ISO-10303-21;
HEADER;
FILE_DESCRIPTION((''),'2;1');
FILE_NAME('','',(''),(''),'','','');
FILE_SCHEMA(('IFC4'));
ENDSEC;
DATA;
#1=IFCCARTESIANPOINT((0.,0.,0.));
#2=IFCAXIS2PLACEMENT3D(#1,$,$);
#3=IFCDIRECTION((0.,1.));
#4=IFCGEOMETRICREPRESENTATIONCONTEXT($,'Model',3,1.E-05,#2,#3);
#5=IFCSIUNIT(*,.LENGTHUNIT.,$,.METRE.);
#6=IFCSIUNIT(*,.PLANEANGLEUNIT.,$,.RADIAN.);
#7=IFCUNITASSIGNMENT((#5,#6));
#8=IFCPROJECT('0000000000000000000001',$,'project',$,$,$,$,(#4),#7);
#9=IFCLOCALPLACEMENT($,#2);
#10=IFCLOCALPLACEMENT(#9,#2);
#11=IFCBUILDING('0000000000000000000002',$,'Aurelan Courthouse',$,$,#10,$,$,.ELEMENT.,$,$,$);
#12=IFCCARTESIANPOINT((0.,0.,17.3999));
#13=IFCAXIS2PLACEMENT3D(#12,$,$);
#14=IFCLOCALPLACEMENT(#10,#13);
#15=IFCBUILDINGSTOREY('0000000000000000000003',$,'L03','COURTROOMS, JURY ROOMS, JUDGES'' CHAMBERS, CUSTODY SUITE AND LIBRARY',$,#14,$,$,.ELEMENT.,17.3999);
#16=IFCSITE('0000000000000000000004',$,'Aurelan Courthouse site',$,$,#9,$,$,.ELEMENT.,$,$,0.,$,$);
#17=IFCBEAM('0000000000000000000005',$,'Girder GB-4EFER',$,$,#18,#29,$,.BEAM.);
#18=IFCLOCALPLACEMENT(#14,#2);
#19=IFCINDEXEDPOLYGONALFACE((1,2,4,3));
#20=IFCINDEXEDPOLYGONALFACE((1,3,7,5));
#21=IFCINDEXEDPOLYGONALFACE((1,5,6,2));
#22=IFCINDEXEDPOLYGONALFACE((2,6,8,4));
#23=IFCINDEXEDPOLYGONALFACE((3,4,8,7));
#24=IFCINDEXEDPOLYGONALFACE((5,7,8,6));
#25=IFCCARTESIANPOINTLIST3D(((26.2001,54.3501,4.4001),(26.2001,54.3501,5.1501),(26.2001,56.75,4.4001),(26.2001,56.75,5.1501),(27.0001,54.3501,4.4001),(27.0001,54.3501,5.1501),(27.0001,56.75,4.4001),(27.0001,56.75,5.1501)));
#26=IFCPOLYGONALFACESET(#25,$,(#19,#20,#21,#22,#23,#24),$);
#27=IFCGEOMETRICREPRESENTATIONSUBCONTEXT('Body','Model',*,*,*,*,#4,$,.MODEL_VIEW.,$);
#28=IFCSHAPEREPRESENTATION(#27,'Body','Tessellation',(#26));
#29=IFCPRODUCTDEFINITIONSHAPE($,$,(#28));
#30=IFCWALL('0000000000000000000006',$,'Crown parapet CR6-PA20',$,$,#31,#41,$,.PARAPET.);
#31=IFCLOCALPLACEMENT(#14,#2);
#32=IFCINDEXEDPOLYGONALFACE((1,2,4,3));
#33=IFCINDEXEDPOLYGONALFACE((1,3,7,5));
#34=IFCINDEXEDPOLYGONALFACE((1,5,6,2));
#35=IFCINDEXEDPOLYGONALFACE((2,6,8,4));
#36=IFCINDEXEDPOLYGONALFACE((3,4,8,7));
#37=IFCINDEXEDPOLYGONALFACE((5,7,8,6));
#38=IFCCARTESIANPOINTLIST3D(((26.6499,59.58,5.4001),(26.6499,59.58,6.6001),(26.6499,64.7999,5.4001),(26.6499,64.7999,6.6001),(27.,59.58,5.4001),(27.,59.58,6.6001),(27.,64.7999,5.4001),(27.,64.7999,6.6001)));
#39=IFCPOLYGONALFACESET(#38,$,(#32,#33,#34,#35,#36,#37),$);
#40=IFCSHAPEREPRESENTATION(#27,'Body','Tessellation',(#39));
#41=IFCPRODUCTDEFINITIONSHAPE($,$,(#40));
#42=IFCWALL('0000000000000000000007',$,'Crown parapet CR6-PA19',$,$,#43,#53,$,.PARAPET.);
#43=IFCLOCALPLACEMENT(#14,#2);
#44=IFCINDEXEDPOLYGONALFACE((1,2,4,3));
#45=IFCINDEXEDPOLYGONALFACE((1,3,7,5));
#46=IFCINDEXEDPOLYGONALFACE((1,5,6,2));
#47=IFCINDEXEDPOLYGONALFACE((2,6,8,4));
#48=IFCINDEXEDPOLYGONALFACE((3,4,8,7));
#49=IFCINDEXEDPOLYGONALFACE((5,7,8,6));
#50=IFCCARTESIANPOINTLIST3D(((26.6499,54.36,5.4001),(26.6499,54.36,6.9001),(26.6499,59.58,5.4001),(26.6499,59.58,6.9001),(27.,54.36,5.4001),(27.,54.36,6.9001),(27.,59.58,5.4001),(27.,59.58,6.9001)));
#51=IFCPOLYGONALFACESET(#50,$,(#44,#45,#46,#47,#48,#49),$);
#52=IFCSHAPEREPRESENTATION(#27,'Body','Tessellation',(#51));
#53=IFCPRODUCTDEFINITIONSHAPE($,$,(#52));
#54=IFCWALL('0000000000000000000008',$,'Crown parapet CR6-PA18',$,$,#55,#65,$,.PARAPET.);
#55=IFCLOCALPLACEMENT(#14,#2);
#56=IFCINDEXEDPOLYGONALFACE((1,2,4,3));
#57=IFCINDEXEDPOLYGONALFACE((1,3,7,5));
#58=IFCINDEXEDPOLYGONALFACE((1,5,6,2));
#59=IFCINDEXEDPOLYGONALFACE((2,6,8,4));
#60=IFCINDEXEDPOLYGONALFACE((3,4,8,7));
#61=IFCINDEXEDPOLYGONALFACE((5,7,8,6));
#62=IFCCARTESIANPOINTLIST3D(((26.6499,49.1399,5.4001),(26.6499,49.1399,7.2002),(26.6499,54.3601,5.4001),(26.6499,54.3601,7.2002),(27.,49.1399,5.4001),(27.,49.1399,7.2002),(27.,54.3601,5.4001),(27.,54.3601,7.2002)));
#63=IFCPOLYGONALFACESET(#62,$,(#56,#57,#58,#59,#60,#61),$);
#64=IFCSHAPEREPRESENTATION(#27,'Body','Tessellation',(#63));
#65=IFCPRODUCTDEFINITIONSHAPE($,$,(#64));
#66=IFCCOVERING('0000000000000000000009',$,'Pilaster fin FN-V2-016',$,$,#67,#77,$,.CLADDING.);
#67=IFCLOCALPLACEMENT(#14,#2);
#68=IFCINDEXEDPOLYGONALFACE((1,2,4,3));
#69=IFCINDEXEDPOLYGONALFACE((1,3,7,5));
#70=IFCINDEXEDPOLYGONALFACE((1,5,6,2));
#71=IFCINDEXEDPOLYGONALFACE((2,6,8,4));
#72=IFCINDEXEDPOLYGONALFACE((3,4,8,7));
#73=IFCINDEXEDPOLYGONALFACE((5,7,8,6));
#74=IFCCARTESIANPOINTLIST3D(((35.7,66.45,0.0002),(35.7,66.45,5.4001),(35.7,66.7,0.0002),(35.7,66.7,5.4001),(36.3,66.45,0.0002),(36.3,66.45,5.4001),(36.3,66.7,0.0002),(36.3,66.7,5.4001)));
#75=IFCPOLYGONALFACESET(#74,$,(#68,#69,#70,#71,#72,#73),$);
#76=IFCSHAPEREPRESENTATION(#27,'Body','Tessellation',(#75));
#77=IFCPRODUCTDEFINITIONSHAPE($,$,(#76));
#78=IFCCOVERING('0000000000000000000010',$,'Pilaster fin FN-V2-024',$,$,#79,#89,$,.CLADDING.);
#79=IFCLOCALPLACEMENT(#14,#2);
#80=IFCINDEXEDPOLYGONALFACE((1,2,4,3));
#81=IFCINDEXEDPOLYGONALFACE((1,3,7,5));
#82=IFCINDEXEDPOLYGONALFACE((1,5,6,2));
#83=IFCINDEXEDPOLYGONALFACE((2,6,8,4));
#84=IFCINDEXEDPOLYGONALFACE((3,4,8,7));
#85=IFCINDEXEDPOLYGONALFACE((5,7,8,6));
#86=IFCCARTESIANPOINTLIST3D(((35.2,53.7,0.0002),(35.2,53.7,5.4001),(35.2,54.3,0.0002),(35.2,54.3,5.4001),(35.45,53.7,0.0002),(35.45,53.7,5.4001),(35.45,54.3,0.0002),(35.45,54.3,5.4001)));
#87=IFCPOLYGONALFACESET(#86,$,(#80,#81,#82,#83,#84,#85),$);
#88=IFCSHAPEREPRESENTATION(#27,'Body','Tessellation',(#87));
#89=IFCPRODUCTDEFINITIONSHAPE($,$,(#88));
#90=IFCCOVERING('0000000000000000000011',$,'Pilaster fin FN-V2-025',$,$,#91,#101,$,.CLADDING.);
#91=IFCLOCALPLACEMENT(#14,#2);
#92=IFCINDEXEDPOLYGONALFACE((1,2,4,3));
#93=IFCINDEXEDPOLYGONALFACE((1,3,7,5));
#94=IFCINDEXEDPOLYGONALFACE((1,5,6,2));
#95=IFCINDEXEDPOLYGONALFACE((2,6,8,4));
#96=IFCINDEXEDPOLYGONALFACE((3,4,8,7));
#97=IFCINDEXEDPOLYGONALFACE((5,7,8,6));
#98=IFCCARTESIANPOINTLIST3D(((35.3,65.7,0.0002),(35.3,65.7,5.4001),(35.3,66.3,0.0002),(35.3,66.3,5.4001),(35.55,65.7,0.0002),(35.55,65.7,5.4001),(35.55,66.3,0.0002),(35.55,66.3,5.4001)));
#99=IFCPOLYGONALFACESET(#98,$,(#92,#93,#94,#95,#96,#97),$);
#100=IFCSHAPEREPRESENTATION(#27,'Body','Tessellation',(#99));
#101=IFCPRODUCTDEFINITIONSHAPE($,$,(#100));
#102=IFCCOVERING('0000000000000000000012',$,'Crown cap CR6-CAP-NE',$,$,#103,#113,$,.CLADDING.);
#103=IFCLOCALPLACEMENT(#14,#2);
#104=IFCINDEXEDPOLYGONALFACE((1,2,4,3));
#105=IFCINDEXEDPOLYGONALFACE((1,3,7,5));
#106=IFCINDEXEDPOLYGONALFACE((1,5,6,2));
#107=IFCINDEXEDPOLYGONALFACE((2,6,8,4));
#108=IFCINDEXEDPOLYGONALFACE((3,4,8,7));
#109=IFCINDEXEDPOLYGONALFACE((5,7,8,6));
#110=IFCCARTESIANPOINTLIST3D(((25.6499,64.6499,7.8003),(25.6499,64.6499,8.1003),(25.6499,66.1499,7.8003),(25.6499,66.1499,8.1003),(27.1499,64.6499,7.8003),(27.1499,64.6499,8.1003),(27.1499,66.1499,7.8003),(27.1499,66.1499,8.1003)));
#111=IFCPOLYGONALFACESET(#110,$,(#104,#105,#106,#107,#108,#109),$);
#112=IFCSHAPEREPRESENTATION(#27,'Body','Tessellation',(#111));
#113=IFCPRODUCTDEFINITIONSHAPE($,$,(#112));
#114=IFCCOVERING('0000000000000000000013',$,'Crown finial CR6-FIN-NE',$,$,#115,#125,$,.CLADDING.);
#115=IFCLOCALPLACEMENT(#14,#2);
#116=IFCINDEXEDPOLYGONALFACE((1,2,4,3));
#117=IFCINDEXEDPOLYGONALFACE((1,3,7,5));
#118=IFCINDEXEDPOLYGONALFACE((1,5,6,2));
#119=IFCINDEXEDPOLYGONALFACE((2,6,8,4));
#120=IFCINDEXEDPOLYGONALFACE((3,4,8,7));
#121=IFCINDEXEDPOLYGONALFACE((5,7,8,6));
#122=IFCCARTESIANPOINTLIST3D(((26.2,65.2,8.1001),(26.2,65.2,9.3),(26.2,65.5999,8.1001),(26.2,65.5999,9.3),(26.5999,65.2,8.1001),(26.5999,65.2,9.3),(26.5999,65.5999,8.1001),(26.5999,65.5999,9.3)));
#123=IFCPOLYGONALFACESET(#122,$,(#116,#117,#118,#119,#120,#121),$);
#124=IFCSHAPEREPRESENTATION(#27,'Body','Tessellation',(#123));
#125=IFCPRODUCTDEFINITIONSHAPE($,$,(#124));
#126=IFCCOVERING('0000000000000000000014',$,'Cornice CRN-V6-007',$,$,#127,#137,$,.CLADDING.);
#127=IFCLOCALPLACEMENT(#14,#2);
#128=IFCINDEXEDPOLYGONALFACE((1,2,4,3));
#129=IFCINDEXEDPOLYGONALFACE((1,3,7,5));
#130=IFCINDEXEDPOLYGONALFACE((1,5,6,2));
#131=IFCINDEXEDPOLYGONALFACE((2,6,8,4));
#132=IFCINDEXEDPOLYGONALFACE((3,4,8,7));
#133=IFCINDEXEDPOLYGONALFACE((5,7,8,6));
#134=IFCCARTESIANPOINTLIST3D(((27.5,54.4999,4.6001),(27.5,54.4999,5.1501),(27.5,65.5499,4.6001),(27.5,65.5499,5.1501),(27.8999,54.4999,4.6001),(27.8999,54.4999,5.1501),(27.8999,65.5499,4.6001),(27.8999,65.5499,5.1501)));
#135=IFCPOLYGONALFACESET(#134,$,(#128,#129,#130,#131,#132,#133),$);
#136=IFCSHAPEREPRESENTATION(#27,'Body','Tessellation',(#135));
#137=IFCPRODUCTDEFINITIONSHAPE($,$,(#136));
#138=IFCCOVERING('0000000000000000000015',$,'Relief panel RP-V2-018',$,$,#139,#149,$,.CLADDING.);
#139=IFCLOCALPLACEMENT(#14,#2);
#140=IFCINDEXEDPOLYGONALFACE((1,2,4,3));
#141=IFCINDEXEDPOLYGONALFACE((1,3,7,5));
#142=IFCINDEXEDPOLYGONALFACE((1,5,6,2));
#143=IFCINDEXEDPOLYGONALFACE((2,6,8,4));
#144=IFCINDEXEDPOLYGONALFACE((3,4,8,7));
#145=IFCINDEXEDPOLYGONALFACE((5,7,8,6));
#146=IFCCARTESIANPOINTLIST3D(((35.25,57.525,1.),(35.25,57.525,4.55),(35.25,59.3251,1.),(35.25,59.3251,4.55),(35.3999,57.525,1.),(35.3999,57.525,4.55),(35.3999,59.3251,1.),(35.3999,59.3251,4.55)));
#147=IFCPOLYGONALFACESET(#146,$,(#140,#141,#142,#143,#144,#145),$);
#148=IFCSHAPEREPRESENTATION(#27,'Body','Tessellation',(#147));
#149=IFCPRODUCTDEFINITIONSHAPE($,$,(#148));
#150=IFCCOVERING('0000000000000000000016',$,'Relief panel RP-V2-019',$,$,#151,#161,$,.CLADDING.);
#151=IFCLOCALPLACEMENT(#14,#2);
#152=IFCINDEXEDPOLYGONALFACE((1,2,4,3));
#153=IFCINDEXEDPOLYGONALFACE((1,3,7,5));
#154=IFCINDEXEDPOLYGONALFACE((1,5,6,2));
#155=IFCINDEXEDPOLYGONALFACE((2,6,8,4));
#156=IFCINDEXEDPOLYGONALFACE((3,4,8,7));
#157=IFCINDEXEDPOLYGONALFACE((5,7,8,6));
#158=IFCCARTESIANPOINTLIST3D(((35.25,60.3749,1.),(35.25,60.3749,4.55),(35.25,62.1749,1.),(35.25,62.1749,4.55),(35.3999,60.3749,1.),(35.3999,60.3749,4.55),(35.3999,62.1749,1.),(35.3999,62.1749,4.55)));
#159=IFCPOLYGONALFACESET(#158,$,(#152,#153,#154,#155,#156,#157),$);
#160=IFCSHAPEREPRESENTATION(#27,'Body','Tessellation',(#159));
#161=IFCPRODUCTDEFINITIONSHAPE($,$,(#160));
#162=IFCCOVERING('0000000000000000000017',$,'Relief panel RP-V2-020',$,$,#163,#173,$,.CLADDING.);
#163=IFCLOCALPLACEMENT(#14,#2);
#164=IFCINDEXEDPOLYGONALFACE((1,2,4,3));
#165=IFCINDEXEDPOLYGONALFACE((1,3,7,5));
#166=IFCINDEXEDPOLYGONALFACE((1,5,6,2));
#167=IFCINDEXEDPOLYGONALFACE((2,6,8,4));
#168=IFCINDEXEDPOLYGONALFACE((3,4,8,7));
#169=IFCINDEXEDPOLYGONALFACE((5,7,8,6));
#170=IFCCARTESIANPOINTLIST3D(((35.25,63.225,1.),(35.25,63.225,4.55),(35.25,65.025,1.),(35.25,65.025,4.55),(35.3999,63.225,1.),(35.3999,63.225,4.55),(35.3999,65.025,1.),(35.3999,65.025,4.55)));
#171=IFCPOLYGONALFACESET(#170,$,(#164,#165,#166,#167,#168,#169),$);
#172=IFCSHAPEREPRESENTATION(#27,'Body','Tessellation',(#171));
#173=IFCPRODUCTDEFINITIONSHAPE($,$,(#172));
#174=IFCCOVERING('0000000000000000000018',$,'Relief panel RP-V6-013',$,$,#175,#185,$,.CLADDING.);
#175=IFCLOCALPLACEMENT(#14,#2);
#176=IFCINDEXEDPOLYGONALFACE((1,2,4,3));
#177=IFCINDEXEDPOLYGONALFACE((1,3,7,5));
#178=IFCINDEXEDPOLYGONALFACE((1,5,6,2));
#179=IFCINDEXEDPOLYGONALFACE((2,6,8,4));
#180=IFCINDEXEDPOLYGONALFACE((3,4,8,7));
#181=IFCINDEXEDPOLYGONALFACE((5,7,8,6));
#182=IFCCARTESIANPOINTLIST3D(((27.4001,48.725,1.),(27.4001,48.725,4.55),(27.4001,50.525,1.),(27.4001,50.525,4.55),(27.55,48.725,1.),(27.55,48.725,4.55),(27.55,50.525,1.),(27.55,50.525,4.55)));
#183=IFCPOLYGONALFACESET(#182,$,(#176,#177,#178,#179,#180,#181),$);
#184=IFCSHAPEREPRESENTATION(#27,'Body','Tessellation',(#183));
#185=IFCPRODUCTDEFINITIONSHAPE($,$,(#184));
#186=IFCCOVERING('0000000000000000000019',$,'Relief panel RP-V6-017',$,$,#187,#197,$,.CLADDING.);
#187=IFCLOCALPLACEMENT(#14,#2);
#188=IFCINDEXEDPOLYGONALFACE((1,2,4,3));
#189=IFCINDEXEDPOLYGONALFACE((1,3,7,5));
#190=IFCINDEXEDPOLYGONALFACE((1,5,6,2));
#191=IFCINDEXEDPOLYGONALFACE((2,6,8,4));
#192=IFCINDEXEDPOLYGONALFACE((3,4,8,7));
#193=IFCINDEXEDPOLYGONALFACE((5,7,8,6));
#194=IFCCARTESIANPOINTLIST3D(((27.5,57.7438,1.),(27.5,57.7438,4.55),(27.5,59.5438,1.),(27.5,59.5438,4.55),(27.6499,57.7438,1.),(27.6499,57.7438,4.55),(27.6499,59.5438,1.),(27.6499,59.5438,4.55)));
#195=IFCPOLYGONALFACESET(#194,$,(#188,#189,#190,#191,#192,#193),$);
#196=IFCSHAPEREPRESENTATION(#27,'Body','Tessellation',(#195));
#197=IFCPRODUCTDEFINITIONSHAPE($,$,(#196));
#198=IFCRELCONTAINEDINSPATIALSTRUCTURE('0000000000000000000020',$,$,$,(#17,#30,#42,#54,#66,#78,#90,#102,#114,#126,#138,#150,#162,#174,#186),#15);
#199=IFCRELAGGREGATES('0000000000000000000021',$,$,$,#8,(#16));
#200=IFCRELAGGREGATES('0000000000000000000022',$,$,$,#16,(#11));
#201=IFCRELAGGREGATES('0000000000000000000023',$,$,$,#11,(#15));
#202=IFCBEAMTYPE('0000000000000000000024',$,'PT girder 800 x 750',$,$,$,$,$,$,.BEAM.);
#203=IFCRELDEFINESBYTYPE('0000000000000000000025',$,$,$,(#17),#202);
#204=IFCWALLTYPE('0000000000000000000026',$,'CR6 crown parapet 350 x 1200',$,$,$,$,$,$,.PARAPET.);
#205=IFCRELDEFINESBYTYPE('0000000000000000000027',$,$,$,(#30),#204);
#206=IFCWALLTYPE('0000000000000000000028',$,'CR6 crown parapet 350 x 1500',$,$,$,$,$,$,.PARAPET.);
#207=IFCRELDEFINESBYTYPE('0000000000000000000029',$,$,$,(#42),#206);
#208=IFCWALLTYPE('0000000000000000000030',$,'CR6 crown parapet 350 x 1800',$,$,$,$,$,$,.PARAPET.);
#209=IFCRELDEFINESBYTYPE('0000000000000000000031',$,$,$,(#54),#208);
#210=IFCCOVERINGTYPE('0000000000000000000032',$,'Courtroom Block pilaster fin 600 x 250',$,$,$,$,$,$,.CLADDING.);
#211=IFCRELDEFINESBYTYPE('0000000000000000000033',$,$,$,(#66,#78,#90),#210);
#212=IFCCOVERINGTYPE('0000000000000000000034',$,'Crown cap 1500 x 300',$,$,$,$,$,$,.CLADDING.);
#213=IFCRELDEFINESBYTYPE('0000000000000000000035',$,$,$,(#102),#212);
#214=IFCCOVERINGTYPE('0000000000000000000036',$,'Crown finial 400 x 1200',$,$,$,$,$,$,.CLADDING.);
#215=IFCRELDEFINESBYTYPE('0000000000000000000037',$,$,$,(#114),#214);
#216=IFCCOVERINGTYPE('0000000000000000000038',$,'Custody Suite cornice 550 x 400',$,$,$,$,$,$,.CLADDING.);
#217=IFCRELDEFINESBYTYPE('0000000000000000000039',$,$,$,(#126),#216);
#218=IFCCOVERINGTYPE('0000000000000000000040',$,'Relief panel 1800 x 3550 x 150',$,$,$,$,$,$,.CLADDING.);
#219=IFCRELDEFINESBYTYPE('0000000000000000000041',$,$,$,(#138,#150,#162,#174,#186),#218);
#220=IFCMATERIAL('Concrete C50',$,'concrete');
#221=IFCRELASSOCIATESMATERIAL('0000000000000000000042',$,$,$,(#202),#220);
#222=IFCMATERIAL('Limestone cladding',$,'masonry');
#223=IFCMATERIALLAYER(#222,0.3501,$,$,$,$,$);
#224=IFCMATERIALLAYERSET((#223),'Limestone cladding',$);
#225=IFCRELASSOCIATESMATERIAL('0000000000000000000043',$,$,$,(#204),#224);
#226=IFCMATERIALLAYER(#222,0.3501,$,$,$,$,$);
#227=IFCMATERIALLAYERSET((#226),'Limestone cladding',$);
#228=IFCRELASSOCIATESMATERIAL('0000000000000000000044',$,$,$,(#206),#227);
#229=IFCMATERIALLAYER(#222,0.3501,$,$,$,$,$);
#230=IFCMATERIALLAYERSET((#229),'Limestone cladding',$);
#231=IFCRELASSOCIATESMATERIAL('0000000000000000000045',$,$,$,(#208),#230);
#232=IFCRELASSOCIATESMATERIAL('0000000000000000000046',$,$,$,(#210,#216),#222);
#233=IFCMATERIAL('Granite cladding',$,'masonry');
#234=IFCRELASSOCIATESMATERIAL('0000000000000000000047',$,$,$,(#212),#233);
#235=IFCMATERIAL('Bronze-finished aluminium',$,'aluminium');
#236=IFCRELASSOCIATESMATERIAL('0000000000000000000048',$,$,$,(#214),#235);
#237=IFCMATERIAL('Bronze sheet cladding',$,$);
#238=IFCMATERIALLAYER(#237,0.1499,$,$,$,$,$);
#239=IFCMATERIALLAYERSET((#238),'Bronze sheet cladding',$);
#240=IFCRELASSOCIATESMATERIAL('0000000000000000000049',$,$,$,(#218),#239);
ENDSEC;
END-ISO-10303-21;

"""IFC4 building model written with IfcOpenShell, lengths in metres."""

from ifc_helpers import new_model, si_unit, direction, frame, frame_2d, origin, origin_2d, place, context, subcontext, project, spatial, rectangle, extrude, material, layer, layer_set, material_profile, profile_set, type_object, element, save


model = new_model("IFC4")

# Units and contexts
model_context = context("Model", 3, precision=1e-05, world=origin(), true_north=direction((0.0, 1.0)))
body_context = subcontext(model_context, "Body", "Model", "MODEL_VIEW")
ifc_project = project(units=[si_unit("LENGTHUNIT", "METRE"), si_unit("PLANEANGLEUNIT", "RADIAN")], contexts=[model_context])

# Site, building, storey
site_placement = place(None, origin())
site = spatial("IfcSite", under=ifc_project, at=site_placement, Name="Aurelan Courthouse site", CompositionType="ELEMENT", RefElevation=0.0)
building_placement = place(site_placement, origin())
building = spatial("IfcBuilding", under=site, at=building_placement, Name="Aurelan Courthouse", CompositionType="ELEMENT")
storey_placement = place(building_placement, frame((0.0, 0.0, 17.3999)))
storey = spatial("IfcBuildingStorey", under=building, at=storey_placement, Name="L03", Description="COURTROOMS, JURY ROOMS, JUDGES' CHAMBERS, CUSTODY SUITE AND LIBRARY", CompositionType="ELEMENT", Elevation=17.3999)

# Beam
ifc_material_1 = material(Name="Concrete C50", Category="concrete")
ifc_material_profile = material_profile(ifc_material_1, rectangle(XDim=0.8, YDim=0.75, at=origin_2d()), Name="RC 800 x 750")
ifc_profile_set = profile_set([ifc_material_profile], Name="Concrete C50")
beam_type = type_object("IfcBeamType", Name="PT girder 800 x 750", PredefinedType="BEAM", material=ifc_profile_set)
beam_placement = place(storey_placement, frame((26.6001, 54.3501, 4.7751), z_axis=(0.0, 1.0, 0.0), x_axis=(-1.0, 0.0, 0.0)))
element("IfcBeam", 1, at=beam_placement, inside=storey, type_object=beam_type, Name="Girder GB-4EFER", PredefinedType="BEAM", context=body_context, shape_type="SweptSolid", body=[
    extrude(rectangle(XDim=0.8, YDim=0.75, at=origin_2d()), origin(), (0.0, 0.0, 1.0), 2.3999),
])

# Walls
ifc_material_2 = material(Name="Limestone cladding", Category="masonry")
ifc_layer_1 = layer(ifc_material_2, 0.3501)
ifc_layer_set_1 = layer_set([ifc_layer_1], Name="Limestone cladding")
wall_type_1 = type_object("IfcWallType", Name="CR6 crown parapet 350 x 1200", PredefinedType="PARAPET", material=ifc_layer_set_1)
wall_1_placement = place(storey_placement, frame((26.825, 59.5801, 5.4001), z_axis=(0.0, 0.0, 1.0), x_axis=(0.0, 1.0, 0.0)))
element("IfcWall", 2, at=wall_1_placement, inside=storey, type_object=wall_type_1, Name="Crown parapet CR6-PA20", PredefinedType="PARAPET", context=body_context, shape_type="SweptSolid", body=[
    extrude(rectangle(XDim=5.22, YDim=0.3501, at=frame_2d((2.6099, 0.0))), origin(), (0.0, 0.0, 1.0), 1.2),
])
ifc_layer_2 = layer(ifc_material_2, 0.3501)
ifc_layer_set_2 = layer_set([ifc_layer_2], Name="Limestone cladding")
wall_type_2 = type_object("IfcWallType", Name="CR6 crown parapet 350 x 1500", PredefinedType="PARAPET", material=ifc_layer_set_2)
wall_2_placement = place(storey_placement, frame((26.825, 54.3601, 5.4001), z_axis=(0.0, 0.0, 1.0), x_axis=(0.0, 1.0, 0.0)))
element("IfcWall", 3, at=wall_2_placement, inside=storey, type_object=wall_type_2, Name="Crown parapet CR6-PA19", PredefinedType="PARAPET", context=body_context, shape_type="SweptSolid", body=[
    extrude(rectangle(XDim=5.22, YDim=0.3501, at=frame_2d((2.6099, 0.0))), origin(), (0.0, 0.0, 1.0), 1.5),
])
ifc_layer_3 = layer(ifc_material_2, 0.3501)
ifc_layer_set_3 = layer_set([ifc_layer_3], Name="Limestone cladding")
wall_type_3 = type_object("IfcWallType", Name="CR6 crown parapet 350 x 1800", PredefinedType="PARAPET", material=ifc_layer_set_3)
wall_3_placement = place(storey_placement, frame((26.825, 49.1399, 5.4001), z_axis=(0.0, 0.0, 1.0), x_axis=(0.0, 1.0, 0.0)))
element("IfcWall", 4, at=wall_3_placement, inside=storey, type_object=wall_type_3, Name="Crown parapet CR6-PA18", PredefinedType="PARAPET", context=body_context, shape_type="SweptSolid", body=[
    extrude(rectangle(XDim=5.2202, YDim=0.3501, at=frame_2d((2.6101, 0.0))), origin(), (0.0, 0.0, 1.0), 1.8),
])

# Coverings
covering_type_1 = type_object("IfcCoveringType", Name="Courtroom Block pilaster fin 600 x 250", PredefinedType="CLADDING", material=ifc_material_2)
covering_1_placement = place(storey_placement, frame((36.0, 66.575, 0.0002), z_axis=(0.0, 0.0, 1.0), x_axis=(1.0, 0.0, 0.0)))
element("IfcCovering", 5, at=covering_1_placement, inside=storey, type_object=covering_type_1, Name="Pilaster fin FN-V2-016", PredefinedType="CLADDING", context=body_context, shape_type="SweptSolid", body=[
    extrude(rectangle(XDim=0.6001, YDim=0.25, at=origin_2d()), origin(), (0.0, 0.0, 1.0), 5.3999),
])
for number, where, z_axis, x_axis, name in (
    (6, (35.325, 54.0, 0.0002), (0.0, 0.0, 1.0), (1.0, 0.0, 0.0), "Pilaster fin FN-V2-024"),
    (7, (35.425, 66.0, 0.0002), (0.0, 0.0, 1.0), (1.0, 0.0, 0.0), "Pilaster fin FN-V2-025"),
):
    element("IfcCovering", number, at=place(storey_placement, frame(where, z_axis=z_axis, x_axis=x_axis)), inside=storey, type_object=covering_type_1, Name=name, PredefinedType="CLADDING", context=body_context, shape_type="SweptSolid", body=[
        extrude(rectangle(XDim=0.25, YDim=0.6001, at=origin_2d()), origin(), (0.0, 0.0, 1.0), 5.3999),
    ])
ifc_material_3 = material(Name="Granite cladding", Category="masonry")
covering_type_2 = type_object("IfcCoveringType", Name="Crown cap 1500 x 300", PredefinedType="CLADDING", material=ifc_material_3)
covering_2_placement = place(storey_placement, frame((26.3999, 65.3999, 7.8003), z_axis=(0.0, 0.0, 1.0), x_axis=(1.0, 0.0, 0.0)))
element("IfcCovering", 8, at=covering_2_placement, inside=storey, type_object=covering_type_2, Name="Crown cap CR6-CAP-NE", PredefinedType="CLADDING", context=body_context, shape_type="SweptSolid", body=[
    extrude(rectangle(XDim=1.5, YDim=1.5, at=origin_2d()), origin(), (0.0, 0.0, 1.0), 0.3),
])
ifc_material_4 = material(Name="Bronze-finished aluminium", Category="aluminium")
covering_type_3 = type_object("IfcCoveringType", Name="Crown finial 400 x 1200", PredefinedType="CLADDING", material=ifc_material_4)
covering_3_placement = place(storey_placement, frame((26.3999, 65.3999, 8.1001), z_axis=(0.0, 0.0, 1.0), x_axis=(1.0, 0.0, 0.0)))
element("IfcCovering", 9, at=covering_3_placement, inside=storey, type_object=covering_type_3, Name="Crown finial CR6-FIN-NE", PredefinedType="CLADDING", context=body_context, shape_type="SweptSolid", body=[
    extrude(rectangle(XDim=0.3999, YDim=0.3999, at=origin_2d()), origin(), (0.0, 0.0, 1.0), 1.2),
])
covering_type_4 = type_object("IfcCoveringType", Name="Custody Suite cornice 550 x 400", PredefinedType="CLADDING", material=ifc_material_2)
covering_4_placement = place(storey_placement, frame((27.7, 60.0249, 4.6001), z_axis=(0.0, 0.0, 1.0), x_axis=(1.0, 0.0, 0.0)))
element("IfcCovering", 10, at=covering_4_placement, inside=storey, type_object=covering_type_4, Name="Cornice CRN-V6-007", PredefinedType="CLADDING", context=body_context, shape_type="SweptSolid", body=[
    extrude(rectangle(XDim=0.3999, YDim=11.05, at=origin_2d()), origin(), (0.0, 0.0, 1.0), 0.55),
])
ifc_material_5 = material(Name="Bronze sheet cladding")
ifc_layer_4 = layer(ifc_material_5, 0.1499)
ifc_layer_set_4 = layer_set([ifc_layer_4], Name="Bronze sheet cladding")
covering_type_5 = type_object("IfcCoveringType", Name="Relief panel 1800 x 3550 x 150", PredefinedType="CLADDING", material=ifc_layer_set_4)
for number, where, z_axis, x_axis, name in (
    (11, (35.325, 58.425, 1.0), (0.0, 0.0, 1.0), (1.0, 0.0, 0.0), "Relief panel RP-V2-018"),
    (12, (35.325, 61.2749, 1.0), (0.0, 0.0, 1.0), (1.0, 0.0, 0.0), "Relief panel RP-V2-019"),
    (13, (35.325, 64.125, 1.0), (0.0, 0.0, 1.0), (1.0, 0.0, 0.0), "Relief panel RP-V2-020"),
    (14, (27.4751, 49.625, 1.0), (0.0, 0.0, 1.0), (1.0, 0.0, 0.0), "Relief panel RP-V6-013"),
    (15, (27.575, 58.6438, 1.0), (0.0, 0.0, 1.0), (1.0, 0.0, 0.0), "Relief panel RP-V6-017"),
):
    element("IfcCovering", number, at=place(storey_placement, frame(where, z_axis=z_axis, x_axis=x_axis)), inside=storey, type_object=covering_type_5, Name=name, PredefinedType="CLADDING", context=body_context, shape_type="SweptSolid", body=[
        extrude(rectangle(XDim=0.1499, YDim=1.8, at=origin_2d()), origin(), (0.0, 0.0, 1.0), 3.55),
    ])

save(model, "model.ifc")
